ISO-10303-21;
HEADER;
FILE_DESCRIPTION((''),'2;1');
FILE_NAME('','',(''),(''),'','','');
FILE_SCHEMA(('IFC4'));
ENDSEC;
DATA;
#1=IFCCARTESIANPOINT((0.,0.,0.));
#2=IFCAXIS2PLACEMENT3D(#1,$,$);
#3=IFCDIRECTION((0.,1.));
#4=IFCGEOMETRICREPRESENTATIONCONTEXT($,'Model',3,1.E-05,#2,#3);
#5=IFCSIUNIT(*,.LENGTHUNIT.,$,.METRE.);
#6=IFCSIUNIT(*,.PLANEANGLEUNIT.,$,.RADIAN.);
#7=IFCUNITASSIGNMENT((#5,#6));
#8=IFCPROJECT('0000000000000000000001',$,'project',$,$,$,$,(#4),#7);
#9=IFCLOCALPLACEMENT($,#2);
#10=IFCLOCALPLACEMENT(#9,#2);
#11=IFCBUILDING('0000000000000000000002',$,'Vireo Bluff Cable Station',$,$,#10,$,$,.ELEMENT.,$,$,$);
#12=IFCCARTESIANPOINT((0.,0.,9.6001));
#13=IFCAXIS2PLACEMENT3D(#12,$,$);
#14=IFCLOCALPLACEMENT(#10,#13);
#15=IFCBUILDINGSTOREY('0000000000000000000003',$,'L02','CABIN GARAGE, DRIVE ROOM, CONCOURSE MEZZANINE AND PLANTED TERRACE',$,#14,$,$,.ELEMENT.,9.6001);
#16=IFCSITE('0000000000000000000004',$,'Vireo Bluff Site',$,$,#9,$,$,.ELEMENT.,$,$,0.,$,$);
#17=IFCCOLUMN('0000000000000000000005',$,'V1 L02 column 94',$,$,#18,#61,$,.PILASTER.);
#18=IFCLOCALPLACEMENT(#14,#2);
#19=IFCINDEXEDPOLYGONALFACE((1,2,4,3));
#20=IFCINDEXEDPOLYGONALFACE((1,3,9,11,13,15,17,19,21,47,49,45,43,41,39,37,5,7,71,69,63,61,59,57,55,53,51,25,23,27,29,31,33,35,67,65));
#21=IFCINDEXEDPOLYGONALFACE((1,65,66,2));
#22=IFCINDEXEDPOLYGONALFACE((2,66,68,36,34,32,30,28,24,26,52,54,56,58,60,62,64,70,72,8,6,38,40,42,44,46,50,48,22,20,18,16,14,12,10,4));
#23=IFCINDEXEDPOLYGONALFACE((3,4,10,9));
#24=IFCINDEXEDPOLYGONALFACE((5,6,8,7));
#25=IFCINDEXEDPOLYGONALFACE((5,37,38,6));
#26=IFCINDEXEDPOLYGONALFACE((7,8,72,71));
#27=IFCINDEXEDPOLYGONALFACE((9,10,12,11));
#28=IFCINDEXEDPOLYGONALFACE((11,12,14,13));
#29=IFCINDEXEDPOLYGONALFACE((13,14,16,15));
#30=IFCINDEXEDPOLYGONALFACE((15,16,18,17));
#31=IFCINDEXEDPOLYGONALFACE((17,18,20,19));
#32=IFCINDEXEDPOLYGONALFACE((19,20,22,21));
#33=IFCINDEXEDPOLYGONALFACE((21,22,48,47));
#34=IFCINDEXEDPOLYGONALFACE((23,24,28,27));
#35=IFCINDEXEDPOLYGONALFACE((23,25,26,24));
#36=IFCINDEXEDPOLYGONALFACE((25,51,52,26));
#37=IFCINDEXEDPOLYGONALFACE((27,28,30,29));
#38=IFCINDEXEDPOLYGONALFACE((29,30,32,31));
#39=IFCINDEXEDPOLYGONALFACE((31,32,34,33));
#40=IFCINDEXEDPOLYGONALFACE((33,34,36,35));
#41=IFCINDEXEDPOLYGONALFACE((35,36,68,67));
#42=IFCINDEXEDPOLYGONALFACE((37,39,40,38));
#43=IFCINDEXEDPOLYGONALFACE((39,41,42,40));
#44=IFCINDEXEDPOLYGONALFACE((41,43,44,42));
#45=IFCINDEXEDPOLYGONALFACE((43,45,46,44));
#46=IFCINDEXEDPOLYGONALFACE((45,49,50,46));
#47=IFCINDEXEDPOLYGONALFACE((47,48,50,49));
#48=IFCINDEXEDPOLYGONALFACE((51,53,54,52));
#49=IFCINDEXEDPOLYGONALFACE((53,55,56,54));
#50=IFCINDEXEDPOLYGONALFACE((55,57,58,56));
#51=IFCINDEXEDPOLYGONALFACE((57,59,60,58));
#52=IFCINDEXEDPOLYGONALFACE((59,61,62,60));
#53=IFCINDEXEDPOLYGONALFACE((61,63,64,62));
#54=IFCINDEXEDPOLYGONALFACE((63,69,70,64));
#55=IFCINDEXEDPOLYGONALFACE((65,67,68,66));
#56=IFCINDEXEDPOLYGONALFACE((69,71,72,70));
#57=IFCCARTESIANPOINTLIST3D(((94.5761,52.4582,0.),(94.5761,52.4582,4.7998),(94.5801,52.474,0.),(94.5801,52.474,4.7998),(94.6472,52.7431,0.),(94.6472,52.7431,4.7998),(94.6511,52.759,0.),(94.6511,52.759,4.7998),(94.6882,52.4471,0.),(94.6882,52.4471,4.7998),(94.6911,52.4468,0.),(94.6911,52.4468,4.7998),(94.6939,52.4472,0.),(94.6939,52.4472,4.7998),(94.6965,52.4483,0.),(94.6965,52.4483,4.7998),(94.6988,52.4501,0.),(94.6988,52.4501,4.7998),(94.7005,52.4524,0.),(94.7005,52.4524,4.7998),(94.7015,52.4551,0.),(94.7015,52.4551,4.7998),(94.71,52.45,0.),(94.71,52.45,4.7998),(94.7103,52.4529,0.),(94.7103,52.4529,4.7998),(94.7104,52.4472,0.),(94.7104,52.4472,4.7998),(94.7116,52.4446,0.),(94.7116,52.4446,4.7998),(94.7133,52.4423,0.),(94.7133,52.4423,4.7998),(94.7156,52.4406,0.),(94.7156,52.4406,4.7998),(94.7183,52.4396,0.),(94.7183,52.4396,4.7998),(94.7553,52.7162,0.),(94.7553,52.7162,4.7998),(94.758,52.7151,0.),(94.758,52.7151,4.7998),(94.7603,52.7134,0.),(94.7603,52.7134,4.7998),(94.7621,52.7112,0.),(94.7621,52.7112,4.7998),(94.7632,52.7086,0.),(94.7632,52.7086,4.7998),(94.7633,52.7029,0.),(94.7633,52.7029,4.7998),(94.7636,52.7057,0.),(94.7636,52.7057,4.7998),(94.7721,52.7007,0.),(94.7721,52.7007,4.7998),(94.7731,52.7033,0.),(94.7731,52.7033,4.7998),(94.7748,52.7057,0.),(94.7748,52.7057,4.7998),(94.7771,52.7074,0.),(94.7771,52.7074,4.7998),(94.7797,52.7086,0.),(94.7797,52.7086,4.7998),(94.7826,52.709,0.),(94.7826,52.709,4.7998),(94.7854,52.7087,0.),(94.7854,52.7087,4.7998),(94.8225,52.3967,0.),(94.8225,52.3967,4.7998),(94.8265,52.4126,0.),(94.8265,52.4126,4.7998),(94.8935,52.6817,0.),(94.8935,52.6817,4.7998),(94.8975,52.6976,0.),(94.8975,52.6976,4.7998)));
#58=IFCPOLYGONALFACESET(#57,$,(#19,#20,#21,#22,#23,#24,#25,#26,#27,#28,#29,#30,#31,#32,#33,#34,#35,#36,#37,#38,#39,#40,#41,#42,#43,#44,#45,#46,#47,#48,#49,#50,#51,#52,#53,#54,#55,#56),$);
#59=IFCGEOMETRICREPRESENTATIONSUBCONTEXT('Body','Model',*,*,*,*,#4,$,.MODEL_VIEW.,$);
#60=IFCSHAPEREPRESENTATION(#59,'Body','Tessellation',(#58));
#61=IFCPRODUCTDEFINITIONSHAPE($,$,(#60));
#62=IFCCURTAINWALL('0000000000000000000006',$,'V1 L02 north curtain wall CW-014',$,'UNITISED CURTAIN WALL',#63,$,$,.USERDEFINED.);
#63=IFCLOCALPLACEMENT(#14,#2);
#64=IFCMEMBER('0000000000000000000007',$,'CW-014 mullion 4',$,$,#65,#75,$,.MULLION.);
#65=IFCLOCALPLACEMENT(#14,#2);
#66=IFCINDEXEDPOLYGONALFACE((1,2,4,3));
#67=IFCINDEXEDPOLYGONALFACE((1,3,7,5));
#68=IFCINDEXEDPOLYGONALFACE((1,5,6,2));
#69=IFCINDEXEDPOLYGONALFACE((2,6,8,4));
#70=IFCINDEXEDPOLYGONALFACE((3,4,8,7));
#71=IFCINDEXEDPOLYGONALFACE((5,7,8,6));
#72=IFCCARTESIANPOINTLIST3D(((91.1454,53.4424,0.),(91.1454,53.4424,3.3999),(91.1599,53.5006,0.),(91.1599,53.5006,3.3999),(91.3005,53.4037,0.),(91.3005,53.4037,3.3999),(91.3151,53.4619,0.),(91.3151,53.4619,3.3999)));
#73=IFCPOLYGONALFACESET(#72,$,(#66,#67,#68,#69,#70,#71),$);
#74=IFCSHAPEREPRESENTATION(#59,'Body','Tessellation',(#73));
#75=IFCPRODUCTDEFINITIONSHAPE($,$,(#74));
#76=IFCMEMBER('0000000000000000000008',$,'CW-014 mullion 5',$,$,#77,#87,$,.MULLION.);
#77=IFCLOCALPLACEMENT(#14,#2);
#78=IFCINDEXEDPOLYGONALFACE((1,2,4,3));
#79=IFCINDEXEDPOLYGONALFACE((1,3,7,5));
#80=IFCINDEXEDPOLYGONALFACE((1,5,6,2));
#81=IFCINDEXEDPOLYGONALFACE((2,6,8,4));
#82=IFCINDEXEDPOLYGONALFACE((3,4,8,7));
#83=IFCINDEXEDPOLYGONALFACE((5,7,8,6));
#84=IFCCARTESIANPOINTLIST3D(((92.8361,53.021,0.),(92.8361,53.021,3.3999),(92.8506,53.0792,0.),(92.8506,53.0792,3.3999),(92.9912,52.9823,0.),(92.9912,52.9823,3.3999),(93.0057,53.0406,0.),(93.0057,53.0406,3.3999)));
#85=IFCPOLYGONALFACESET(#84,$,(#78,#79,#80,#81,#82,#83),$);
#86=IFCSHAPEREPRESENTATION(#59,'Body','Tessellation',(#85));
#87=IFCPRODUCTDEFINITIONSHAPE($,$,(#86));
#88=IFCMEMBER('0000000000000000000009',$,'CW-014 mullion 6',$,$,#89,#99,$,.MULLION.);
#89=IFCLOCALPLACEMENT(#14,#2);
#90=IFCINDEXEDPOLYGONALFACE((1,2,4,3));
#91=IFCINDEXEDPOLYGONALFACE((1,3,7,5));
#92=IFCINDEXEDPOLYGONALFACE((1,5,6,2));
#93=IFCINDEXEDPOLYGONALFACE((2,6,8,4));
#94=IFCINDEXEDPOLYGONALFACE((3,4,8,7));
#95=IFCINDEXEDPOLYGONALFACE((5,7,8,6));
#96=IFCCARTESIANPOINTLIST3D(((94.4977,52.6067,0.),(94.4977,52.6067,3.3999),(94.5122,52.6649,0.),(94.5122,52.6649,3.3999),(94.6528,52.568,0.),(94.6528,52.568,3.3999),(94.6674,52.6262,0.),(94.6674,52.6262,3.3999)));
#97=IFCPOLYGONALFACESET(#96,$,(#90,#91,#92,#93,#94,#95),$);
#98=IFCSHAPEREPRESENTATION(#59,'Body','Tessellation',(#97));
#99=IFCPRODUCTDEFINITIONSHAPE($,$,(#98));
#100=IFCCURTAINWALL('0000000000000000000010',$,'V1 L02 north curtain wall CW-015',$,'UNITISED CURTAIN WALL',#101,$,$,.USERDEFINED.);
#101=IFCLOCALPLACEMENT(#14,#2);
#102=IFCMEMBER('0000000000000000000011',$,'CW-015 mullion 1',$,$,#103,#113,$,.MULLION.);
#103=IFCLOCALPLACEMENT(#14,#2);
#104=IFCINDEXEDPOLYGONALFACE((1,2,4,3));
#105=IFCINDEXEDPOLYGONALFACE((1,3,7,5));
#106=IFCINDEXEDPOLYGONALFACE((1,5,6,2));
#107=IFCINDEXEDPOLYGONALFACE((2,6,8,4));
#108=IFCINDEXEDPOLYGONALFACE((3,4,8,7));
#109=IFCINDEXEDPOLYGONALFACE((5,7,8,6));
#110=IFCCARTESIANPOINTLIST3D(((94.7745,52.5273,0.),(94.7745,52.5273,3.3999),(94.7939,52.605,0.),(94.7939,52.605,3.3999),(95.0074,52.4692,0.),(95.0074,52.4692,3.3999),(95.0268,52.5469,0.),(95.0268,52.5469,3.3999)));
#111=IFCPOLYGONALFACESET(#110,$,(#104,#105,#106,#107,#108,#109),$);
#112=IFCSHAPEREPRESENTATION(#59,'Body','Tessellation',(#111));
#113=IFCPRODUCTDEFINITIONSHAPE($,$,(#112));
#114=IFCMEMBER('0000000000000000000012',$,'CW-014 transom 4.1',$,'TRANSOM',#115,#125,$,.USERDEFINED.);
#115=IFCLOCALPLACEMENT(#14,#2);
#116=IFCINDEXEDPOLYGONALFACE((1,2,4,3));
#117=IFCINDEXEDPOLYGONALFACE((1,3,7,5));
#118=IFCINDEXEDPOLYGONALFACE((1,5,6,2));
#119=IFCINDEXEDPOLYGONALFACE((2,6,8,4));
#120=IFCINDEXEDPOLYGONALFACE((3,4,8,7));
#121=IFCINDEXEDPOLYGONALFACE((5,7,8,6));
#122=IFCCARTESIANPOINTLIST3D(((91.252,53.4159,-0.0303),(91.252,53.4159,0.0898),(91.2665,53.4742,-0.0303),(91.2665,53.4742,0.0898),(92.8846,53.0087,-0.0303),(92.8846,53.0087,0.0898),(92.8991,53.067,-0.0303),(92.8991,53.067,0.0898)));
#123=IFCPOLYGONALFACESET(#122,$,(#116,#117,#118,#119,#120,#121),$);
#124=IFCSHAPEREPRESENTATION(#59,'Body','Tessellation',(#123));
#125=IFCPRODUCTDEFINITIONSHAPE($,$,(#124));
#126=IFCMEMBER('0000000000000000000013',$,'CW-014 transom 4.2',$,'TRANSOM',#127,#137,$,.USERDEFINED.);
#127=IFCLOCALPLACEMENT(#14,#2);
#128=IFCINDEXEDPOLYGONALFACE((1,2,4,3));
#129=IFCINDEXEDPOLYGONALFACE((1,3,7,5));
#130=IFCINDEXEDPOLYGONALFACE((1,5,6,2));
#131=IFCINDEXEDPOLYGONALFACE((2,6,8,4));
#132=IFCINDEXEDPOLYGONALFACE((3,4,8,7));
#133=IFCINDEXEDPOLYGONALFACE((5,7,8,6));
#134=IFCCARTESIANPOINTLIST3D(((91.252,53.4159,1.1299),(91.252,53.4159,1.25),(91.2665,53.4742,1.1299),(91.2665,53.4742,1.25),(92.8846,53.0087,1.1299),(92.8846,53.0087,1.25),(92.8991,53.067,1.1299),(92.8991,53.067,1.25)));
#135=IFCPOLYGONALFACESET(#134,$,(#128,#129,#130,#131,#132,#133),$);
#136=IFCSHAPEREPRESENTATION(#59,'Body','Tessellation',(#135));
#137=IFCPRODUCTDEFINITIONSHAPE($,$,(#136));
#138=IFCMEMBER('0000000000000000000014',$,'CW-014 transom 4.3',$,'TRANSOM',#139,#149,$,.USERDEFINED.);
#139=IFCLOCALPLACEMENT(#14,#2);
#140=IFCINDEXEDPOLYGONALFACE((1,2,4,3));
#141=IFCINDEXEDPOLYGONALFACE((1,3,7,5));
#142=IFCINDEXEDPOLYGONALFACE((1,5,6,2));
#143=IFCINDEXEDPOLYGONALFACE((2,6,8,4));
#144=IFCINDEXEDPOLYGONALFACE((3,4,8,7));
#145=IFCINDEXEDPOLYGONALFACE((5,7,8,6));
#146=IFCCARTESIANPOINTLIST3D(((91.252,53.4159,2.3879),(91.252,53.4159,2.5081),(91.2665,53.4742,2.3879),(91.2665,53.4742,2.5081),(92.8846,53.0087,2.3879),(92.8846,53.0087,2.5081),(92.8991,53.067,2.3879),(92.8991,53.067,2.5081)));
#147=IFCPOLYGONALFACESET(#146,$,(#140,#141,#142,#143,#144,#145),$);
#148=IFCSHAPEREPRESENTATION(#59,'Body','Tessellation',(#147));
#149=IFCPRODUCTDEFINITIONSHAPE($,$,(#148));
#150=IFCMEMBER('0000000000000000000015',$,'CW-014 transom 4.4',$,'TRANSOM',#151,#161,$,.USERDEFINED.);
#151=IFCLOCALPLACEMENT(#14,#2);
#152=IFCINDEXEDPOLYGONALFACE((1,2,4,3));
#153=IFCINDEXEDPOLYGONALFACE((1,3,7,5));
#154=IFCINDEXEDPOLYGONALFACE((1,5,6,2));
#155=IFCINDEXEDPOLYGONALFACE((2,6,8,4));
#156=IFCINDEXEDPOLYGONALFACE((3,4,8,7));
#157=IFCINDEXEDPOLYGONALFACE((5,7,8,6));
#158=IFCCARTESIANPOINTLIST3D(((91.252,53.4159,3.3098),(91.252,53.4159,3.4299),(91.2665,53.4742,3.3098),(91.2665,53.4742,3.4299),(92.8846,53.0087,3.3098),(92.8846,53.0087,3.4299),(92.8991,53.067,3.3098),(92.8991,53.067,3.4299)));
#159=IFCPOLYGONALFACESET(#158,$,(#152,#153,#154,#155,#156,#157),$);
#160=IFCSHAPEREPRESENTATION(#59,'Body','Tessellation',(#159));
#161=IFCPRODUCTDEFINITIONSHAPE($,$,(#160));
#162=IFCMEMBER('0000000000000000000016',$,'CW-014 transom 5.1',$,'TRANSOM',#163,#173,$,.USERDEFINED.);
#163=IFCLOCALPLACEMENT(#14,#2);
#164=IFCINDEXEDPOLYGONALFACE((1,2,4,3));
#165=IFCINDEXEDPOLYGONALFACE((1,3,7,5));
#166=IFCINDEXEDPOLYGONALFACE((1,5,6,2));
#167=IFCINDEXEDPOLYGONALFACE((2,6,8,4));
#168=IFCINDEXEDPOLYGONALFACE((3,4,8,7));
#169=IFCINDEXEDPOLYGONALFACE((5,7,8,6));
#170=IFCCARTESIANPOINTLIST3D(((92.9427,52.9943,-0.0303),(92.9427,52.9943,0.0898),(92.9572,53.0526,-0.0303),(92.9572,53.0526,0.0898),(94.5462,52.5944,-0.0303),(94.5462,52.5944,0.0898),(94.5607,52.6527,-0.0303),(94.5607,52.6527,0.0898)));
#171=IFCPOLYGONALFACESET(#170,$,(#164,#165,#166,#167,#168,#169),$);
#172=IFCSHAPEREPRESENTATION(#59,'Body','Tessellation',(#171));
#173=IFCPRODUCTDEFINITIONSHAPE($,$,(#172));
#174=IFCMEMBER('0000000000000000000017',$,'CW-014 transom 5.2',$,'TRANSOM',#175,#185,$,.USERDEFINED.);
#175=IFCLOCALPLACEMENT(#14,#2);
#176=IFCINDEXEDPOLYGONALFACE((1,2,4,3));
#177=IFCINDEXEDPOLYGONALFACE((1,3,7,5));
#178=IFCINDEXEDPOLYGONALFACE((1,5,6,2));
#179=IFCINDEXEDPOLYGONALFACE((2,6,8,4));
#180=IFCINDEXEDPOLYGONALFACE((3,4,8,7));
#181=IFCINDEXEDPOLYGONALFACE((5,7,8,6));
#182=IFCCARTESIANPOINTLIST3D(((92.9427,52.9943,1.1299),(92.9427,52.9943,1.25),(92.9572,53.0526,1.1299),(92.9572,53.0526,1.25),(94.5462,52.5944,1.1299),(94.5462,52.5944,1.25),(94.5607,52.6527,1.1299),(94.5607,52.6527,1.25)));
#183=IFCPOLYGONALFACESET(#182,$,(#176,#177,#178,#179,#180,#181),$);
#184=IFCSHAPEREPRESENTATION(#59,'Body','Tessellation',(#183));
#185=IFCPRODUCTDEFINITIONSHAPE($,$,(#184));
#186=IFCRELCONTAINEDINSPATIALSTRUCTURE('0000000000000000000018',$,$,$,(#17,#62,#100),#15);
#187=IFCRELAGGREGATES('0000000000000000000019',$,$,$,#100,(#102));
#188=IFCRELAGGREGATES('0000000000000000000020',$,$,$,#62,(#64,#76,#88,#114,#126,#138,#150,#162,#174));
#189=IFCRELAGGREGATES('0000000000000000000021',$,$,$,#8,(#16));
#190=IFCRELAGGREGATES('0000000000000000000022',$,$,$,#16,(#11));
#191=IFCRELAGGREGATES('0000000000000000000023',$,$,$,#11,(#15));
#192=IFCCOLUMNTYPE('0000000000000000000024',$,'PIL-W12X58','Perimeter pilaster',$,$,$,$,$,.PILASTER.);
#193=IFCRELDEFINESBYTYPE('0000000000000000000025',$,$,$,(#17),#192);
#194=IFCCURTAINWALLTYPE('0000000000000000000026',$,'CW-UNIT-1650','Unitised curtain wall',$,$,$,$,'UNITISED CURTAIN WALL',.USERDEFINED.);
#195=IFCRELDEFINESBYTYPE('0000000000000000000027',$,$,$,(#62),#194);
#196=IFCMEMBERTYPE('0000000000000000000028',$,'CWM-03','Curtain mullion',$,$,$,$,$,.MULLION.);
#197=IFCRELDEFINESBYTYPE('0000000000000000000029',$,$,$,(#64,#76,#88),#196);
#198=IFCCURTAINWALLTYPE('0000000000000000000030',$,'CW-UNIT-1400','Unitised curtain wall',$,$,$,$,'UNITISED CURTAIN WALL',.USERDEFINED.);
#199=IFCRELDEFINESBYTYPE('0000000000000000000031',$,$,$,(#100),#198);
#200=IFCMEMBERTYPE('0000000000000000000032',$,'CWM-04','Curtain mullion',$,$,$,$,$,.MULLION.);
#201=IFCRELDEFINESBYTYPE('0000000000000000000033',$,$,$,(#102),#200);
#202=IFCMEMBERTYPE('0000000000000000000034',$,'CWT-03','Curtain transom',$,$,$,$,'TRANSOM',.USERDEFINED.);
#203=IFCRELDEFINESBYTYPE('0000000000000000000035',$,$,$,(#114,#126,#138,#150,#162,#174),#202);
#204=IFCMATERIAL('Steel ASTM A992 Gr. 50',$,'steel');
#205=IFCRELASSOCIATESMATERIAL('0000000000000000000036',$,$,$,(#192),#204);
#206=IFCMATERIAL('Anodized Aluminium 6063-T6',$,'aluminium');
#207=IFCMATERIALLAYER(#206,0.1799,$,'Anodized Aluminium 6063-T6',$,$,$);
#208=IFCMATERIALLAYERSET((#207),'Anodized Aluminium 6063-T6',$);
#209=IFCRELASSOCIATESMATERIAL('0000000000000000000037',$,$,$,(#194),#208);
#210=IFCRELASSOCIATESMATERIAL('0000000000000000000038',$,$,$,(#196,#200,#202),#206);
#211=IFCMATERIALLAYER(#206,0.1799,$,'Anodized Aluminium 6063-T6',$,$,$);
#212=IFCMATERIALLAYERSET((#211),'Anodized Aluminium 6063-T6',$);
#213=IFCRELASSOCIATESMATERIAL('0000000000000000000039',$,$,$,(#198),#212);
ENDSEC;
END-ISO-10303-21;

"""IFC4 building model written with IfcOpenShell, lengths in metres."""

from ifc_helpers import new_model, si_unit, direction, frame, origin, origin_2d, place, context, subcontext, project, spatial, rectangle, i_section, extrude, material, layer, layer_set, material_profile, profile_set, type_object, element, aggregate, save


model = new_model("IFC4")

# Units and contexts
model_context = context("Model", 3, precision=1e-05, world=origin(), true_north=direction((0.0, 1.0)))
body_context = subcontext(model_context, "Body", "Model", "MODEL_VIEW")
ifc_project = project(units=[si_unit("LENGTHUNIT", "METRE"), si_unit("PLANEANGLEUNIT", "RADIAN")], contexts=[model_context])

# Site, building, storey
site_placement = place(None, origin())
site = spatial("IfcSite", under=ifc_project, at=site_placement, Name="Vireo Bluff Site", CompositionType="ELEMENT", RefElevation=0.0)
building_placement = place(site_placement, origin())
building = spatial("IfcBuilding", under=site, at=building_placement, Name="Vireo Bluff Cable Station", CompositionType="ELEMENT")
storey_placement = place(building_placement, frame((0.0, 0.0, 9.6001)))
storey = spatial("IfcBuildingStorey", under=building, at=storey_placement, Name="L02", Description="CABIN GARAGE, DRIVE ROOM, CONCOURSE MEZZANINE AND PLANTED TERRACE", CompositionType="ELEMENT", Elevation=9.6001)

# Column
ifc_material_1 = material(Name="Steel ASTM A992 Gr. 50", Category="steel")
ifc_material_profile_1 = material_profile(ifc_material_1, i_section(OverallWidth=0.2539, OverallDepth=0.3101, WebThickness=0.009, FlangeThickness=0.0164, FilletRadius=0.011, at=origin_2d()), Name="W12X58")
ifc_profile_set_1 = profile_set([ifc_material_profile_1], Name="Steel ASTM A992 Gr. 50")
column_type = type_object("IfcColumnType", Name="PIL-W12X58", Description="Perimeter pilaster", PredefinedType="PILASTER", material=ifc_profile_set_1)
column_placement = place(storey_placement, frame((94.7368, 52.5779, 0.0), z_axis=(0.0, 0.0, 1.0), x_axis=(0.970296, -0.241922, 0.0)))
element("IfcColumn", 1, at=column_placement, inside=storey, type_object=column_type, Name="V1 L02 column 94", PredefinedType="PILASTER", context=body_context, shape_type="SweptSolid", body=[
    extrude(i_section(OverallWidth=0.2539, OverallDepth=0.3101, WebThickness=0.009, FlangeThickness=0.0164, FilletRadius=0.011, at=origin_2d()), origin(), (0.0, 0.0, 1.0), 4.7998),
])

# Curtain wall, members
ifc_material_2 = material(Name="Anodized Aluminium 6063-T6", Category="aluminium")
ifc_layer_1 = layer(ifc_material_2, 0.1799, Name="Anodized Aluminium 6063-T6")
ifc_layer_set_1 = layer_set([ifc_layer_1], Name="Anodized Aluminium 6063-T6")
curtain_wall_type_1 = type_object("IfcCurtainWallType", Name="CW-UNIT-1650", Description="Unitised curtain wall", ElementType="UNITISED CURTAIN WALL", PredefinedType="USERDEFINED", material=ifc_layer_set_1)
curtain_wall_1_placement = place(storey_placement, origin())
curtain_wall_1 = element("IfcCurtainWall", 2, at=curtain_wall_1_placement, inside=storey, type_object=curtain_wall_type_1, Name="V1 L02 north curtain wall CW-014", ObjectType="UNITISED CURTAIN WALL", PredefinedType="USERDEFINED")
ifc_material_profile_2 = material_profile(ifc_material_2, rectangle(XDim=0.0601, YDim=0.1599, at=origin_2d()), Name="ALU-M-60X160")
ifc_profile_set_2 = profile_set([ifc_material_profile_2], Name="Anodized Aluminium 6063-T6")
member_type_1 = type_object("IfcMemberType", Name="CWM-03", Description="Curtain mullion", PredefinedType="MULLION", material=ifc_profile_set_2)
member_1_placement = place(storey_placement, frame((91.2302, 53.4521, 0.0), z_axis=(0.0, 0.0, 1.0), x_axis=(0.241922, 0.970296, 0.0)))
member_1 = element("IfcMember", 3, at=member_1_placement, type_object=member_type_1, Name="CW-014 mullion 4", PredefinedType="MULLION", context=body_context, shape_type="SweptSolid", body=[
    extrude(rectangle(XDim=0.0601, YDim=0.1599, at=origin_2d()), origin(), (0.0, 0.0, 1.0), 3.3999),
])
member_2_placement = place(storey_placement, frame((92.9209, 53.0308, 0.0), z_axis=(0.0, 0.0, 1.0), x_axis=(0.241922, 0.970296, 0.0)))
member_2 = element("IfcMember", 4, at=member_2_placement, type_object=member_type_1, Name="CW-014 mullion 5", PredefinedType="MULLION", context=body_context, shape_type="SweptSolid", body=[
    extrude(rectangle(XDim=0.0601, YDim=0.1599, at=origin_2d()), origin(), (0.0, 0.0, 1.0), 3.3999),
])
member_3_placement = place(storey_placement, frame((94.5825, 52.6165, 0.0), z_axis=(0.0, 0.0, 1.0), x_axis=(0.241922, 0.970296, 0.0)))
member_3 = element("IfcMember", 5, at=member_3_placement, type_object=member_type_1, Name="CW-014 mullion 6", PredefinedType="MULLION", context=body_context, shape_type="SweptSolid", body=[
    extrude(rectangle(XDim=0.0601, YDim=0.1599, at=origin_2d()), origin(), (0.0, 0.0, 1.0), 3.3999),
])

# Curtain wall, member
ifc_layer_2 = layer(ifc_material_2, 0.1799, Name="Anodized Aluminium 6063-T6")
ifc_layer_set_2 = layer_set([ifc_layer_2], Name="Anodized Aluminium 6063-T6")
curtain_wall_type_2 = type_object("IfcCurtainWallType", Name="CW-UNIT-1400", Description="Unitised curtain wall", ElementType="UNITISED CURTAIN WALL", PredefinedType="USERDEFINED", material=ifc_layer_set_2)
curtain_wall_2_placement = place(storey_placement, origin())
curtain_wall_2 = element("IfcCurtainWall", 6, at=curtain_wall_2_placement, inside=storey, type_object=curtain_wall_type_2, Name="V1 L02 north curtain wall CW-015", ObjectType="UNITISED CURTAIN WALL", PredefinedType="USERDEFINED")
ifc_material_profile_3 = material_profile(ifc_material_2, rectangle(XDim=0.0801, YDim=0.24, at=origin_2d()), Name="ALU-M-80X240")
ifc_profile_set_3 = profile_set([ifc_material_profile_3], Name="Anodized Aluminium 6063-T6")
member_type_2 = type_object("IfcMemberType", Name="CWM-04", Description="Curtain mullion", PredefinedType="MULLION", material=ifc_profile_set_3)
member_4_placement = place(storey_placement, frame((94.9006, 52.5371, 0.0), z_axis=(0.0, 0.0, 1.0), x_axis=(0.241922, 0.970296, 0.0)))
member_4 = element("IfcMember", 7, at=member_4_placement, type_object=member_type_2, Name="CW-015 mullion 1", PredefinedType="MULLION", context=body_context, shape_type="SweptSolid", body=[
    extrude(rectangle(XDim=0.0801, YDim=0.24, at=origin_2d()), origin(), (0.0, 0.0, 1.0), 3.3999),
])

# Members
ifc_material_profile_4 = material_profile(ifc_material_2, rectangle(XDim=0.0601, YDim=0.1201, at=origin_2d()), Name="ALU-T-60X120")
ifc_profile_set_4 = profile_set([ifc_material_profile_4], Name="Anodized Aluminium 6063-T6")
member_type_3 = type_object("IfcMemberType", Name="CWT-03", Description="Curtain transom", ElementType="TRANSOM", PredefinedType="USERDEFINED", material=ifc_profile_set_4)
member_5_placement = place(storey_placement, frame((91.2593, 53.4451, 0.0298), z_axis=(0.97027, -0.242023, 0.0), x_axis=(0.242023, 0.97027, 0.0)))
member_5 = element("IfcMember", 8, at=member_5_placement, type_object=member_type_3, Name="CW-014 transom 4.1", ObjectType="TRANSOM", PredefinedType="USERDEFINED", context=body_context, shape_type="SweptSolid", body=[
    extrude(rectangle(XDim=0.0601, YDim=0.1201, at=origin_2d()), origin(), (0.0, 0.0, 1.0), 1.6826),
])
member_6_placement = place(storey_placement, frame((91.2593, 53.4451, 1.1899), z_axis=(0.97027, -0.242023, 0.0), x_axis=(0.242023, 0.97027, 0.0)))
member_6 = element("IfcMember", 9, at=member_6_placement, type_object=member_type_3, Name="CW-014 transom 4.2", ObjectType="TRANSOM", PredefinedType="USERDEFINED", context=body_context, shape_type="SweptSolid", body=[
    extrude(rectangle(XDim=0.0601, YDim=0.1201, at=origin_2d()), origin(), (0.0, 0.0, 1.0), 1.6826),
])
member_7_placement = place(storey_placement, frame((91.2593, 53.4451, 2.448), z_axis=(0.97027, -0.242023, 0.0), x_axis=(0.242023, 0.97027, 0.0)))
member_7 = element("IfcMember", 10, at=member_7_placement, type_object=member_type_3, Name="CW-014 transom 4.3", ObjectType="TRANSOM", PredefinedType="USERDEFINED", context=body_context, shape_type="SweptSolid", body=[
    extrude(rectangle(XDim=0.0601, YDim=0.1201, at=origin_2d()), origin(), (0.0, 0.0, 1.0), 1.6826),
])
member_8_placement = place(storey_placement, frame((91.2593, 53.4451, 3.3699), z_axis=(0.97027, -0.242023, 0.0), x_axis=(0.242023, 0.97027, 0.0)))
member_8 = element("IfcMember", 11, at=member_8_placement, type_object=member_type_3, Name="CW-014 transom 4.4", ObjectType="TRANSOM", PredefinedType="USERDEFINED", context=body_context, shape_type="SweptSolid", body=[
    extrude(rectangle(XDim=0.0601, YDim=0.1201, at=origin_2d()), origin(), (0.0, 0.0, 1.0), 1.6826),
])
member_9_placement = place(storey_placement, frame((92.95, 53.0234, 0.0298), z_axis=(0.970281, -0.241979, 0.0), x_axis=(0.241979, 0.970281, 0.0)))
member_9 = element("IfcMember", 12, at=member_9_placement, type_object=member_type_3, Name="CW-014 transom 5.1", ObjectType="TRANSOM", PredefinedType="USERDEFINED", context=body_context, shape_type="SweptSolid", body=[
    extrude(rectangle(XDim=0.0601, YDim=0.1201, at=origin_2d()), origin(), (0.0, 0.0, 1.0), 1.6526),
])
member_10_placement = place(storey_placement, frame((92.95, 53.0234, 1.1899), z_axis=(0.970281, -0.241979, 0.0), x_axis=(0.241979, 0.970281, 0.0)))
member_10 = element("IfcMember", 13, at=member_10_placement, type_object=member_type_3, Name="CW-014 transom 5.2", ObjectType="TRANSOM", PredefinedType="USERDEFINED", context=body_context, shape_type="SweptSolid", body=[
    extrude(rectangle(XDim=0.0601, YDim=0.1201, at=origin_2d()), origin(), (0.0, 0.0, 1.0), 1.6526),
])
aggregate(curtain_wall_2, [member_4])

aggregate(curtain_wall_1, [member_1, member_2, member_3, member_5, member_6, member_7, member_8, member_9, member_10])

save(model, "model.ifc")
